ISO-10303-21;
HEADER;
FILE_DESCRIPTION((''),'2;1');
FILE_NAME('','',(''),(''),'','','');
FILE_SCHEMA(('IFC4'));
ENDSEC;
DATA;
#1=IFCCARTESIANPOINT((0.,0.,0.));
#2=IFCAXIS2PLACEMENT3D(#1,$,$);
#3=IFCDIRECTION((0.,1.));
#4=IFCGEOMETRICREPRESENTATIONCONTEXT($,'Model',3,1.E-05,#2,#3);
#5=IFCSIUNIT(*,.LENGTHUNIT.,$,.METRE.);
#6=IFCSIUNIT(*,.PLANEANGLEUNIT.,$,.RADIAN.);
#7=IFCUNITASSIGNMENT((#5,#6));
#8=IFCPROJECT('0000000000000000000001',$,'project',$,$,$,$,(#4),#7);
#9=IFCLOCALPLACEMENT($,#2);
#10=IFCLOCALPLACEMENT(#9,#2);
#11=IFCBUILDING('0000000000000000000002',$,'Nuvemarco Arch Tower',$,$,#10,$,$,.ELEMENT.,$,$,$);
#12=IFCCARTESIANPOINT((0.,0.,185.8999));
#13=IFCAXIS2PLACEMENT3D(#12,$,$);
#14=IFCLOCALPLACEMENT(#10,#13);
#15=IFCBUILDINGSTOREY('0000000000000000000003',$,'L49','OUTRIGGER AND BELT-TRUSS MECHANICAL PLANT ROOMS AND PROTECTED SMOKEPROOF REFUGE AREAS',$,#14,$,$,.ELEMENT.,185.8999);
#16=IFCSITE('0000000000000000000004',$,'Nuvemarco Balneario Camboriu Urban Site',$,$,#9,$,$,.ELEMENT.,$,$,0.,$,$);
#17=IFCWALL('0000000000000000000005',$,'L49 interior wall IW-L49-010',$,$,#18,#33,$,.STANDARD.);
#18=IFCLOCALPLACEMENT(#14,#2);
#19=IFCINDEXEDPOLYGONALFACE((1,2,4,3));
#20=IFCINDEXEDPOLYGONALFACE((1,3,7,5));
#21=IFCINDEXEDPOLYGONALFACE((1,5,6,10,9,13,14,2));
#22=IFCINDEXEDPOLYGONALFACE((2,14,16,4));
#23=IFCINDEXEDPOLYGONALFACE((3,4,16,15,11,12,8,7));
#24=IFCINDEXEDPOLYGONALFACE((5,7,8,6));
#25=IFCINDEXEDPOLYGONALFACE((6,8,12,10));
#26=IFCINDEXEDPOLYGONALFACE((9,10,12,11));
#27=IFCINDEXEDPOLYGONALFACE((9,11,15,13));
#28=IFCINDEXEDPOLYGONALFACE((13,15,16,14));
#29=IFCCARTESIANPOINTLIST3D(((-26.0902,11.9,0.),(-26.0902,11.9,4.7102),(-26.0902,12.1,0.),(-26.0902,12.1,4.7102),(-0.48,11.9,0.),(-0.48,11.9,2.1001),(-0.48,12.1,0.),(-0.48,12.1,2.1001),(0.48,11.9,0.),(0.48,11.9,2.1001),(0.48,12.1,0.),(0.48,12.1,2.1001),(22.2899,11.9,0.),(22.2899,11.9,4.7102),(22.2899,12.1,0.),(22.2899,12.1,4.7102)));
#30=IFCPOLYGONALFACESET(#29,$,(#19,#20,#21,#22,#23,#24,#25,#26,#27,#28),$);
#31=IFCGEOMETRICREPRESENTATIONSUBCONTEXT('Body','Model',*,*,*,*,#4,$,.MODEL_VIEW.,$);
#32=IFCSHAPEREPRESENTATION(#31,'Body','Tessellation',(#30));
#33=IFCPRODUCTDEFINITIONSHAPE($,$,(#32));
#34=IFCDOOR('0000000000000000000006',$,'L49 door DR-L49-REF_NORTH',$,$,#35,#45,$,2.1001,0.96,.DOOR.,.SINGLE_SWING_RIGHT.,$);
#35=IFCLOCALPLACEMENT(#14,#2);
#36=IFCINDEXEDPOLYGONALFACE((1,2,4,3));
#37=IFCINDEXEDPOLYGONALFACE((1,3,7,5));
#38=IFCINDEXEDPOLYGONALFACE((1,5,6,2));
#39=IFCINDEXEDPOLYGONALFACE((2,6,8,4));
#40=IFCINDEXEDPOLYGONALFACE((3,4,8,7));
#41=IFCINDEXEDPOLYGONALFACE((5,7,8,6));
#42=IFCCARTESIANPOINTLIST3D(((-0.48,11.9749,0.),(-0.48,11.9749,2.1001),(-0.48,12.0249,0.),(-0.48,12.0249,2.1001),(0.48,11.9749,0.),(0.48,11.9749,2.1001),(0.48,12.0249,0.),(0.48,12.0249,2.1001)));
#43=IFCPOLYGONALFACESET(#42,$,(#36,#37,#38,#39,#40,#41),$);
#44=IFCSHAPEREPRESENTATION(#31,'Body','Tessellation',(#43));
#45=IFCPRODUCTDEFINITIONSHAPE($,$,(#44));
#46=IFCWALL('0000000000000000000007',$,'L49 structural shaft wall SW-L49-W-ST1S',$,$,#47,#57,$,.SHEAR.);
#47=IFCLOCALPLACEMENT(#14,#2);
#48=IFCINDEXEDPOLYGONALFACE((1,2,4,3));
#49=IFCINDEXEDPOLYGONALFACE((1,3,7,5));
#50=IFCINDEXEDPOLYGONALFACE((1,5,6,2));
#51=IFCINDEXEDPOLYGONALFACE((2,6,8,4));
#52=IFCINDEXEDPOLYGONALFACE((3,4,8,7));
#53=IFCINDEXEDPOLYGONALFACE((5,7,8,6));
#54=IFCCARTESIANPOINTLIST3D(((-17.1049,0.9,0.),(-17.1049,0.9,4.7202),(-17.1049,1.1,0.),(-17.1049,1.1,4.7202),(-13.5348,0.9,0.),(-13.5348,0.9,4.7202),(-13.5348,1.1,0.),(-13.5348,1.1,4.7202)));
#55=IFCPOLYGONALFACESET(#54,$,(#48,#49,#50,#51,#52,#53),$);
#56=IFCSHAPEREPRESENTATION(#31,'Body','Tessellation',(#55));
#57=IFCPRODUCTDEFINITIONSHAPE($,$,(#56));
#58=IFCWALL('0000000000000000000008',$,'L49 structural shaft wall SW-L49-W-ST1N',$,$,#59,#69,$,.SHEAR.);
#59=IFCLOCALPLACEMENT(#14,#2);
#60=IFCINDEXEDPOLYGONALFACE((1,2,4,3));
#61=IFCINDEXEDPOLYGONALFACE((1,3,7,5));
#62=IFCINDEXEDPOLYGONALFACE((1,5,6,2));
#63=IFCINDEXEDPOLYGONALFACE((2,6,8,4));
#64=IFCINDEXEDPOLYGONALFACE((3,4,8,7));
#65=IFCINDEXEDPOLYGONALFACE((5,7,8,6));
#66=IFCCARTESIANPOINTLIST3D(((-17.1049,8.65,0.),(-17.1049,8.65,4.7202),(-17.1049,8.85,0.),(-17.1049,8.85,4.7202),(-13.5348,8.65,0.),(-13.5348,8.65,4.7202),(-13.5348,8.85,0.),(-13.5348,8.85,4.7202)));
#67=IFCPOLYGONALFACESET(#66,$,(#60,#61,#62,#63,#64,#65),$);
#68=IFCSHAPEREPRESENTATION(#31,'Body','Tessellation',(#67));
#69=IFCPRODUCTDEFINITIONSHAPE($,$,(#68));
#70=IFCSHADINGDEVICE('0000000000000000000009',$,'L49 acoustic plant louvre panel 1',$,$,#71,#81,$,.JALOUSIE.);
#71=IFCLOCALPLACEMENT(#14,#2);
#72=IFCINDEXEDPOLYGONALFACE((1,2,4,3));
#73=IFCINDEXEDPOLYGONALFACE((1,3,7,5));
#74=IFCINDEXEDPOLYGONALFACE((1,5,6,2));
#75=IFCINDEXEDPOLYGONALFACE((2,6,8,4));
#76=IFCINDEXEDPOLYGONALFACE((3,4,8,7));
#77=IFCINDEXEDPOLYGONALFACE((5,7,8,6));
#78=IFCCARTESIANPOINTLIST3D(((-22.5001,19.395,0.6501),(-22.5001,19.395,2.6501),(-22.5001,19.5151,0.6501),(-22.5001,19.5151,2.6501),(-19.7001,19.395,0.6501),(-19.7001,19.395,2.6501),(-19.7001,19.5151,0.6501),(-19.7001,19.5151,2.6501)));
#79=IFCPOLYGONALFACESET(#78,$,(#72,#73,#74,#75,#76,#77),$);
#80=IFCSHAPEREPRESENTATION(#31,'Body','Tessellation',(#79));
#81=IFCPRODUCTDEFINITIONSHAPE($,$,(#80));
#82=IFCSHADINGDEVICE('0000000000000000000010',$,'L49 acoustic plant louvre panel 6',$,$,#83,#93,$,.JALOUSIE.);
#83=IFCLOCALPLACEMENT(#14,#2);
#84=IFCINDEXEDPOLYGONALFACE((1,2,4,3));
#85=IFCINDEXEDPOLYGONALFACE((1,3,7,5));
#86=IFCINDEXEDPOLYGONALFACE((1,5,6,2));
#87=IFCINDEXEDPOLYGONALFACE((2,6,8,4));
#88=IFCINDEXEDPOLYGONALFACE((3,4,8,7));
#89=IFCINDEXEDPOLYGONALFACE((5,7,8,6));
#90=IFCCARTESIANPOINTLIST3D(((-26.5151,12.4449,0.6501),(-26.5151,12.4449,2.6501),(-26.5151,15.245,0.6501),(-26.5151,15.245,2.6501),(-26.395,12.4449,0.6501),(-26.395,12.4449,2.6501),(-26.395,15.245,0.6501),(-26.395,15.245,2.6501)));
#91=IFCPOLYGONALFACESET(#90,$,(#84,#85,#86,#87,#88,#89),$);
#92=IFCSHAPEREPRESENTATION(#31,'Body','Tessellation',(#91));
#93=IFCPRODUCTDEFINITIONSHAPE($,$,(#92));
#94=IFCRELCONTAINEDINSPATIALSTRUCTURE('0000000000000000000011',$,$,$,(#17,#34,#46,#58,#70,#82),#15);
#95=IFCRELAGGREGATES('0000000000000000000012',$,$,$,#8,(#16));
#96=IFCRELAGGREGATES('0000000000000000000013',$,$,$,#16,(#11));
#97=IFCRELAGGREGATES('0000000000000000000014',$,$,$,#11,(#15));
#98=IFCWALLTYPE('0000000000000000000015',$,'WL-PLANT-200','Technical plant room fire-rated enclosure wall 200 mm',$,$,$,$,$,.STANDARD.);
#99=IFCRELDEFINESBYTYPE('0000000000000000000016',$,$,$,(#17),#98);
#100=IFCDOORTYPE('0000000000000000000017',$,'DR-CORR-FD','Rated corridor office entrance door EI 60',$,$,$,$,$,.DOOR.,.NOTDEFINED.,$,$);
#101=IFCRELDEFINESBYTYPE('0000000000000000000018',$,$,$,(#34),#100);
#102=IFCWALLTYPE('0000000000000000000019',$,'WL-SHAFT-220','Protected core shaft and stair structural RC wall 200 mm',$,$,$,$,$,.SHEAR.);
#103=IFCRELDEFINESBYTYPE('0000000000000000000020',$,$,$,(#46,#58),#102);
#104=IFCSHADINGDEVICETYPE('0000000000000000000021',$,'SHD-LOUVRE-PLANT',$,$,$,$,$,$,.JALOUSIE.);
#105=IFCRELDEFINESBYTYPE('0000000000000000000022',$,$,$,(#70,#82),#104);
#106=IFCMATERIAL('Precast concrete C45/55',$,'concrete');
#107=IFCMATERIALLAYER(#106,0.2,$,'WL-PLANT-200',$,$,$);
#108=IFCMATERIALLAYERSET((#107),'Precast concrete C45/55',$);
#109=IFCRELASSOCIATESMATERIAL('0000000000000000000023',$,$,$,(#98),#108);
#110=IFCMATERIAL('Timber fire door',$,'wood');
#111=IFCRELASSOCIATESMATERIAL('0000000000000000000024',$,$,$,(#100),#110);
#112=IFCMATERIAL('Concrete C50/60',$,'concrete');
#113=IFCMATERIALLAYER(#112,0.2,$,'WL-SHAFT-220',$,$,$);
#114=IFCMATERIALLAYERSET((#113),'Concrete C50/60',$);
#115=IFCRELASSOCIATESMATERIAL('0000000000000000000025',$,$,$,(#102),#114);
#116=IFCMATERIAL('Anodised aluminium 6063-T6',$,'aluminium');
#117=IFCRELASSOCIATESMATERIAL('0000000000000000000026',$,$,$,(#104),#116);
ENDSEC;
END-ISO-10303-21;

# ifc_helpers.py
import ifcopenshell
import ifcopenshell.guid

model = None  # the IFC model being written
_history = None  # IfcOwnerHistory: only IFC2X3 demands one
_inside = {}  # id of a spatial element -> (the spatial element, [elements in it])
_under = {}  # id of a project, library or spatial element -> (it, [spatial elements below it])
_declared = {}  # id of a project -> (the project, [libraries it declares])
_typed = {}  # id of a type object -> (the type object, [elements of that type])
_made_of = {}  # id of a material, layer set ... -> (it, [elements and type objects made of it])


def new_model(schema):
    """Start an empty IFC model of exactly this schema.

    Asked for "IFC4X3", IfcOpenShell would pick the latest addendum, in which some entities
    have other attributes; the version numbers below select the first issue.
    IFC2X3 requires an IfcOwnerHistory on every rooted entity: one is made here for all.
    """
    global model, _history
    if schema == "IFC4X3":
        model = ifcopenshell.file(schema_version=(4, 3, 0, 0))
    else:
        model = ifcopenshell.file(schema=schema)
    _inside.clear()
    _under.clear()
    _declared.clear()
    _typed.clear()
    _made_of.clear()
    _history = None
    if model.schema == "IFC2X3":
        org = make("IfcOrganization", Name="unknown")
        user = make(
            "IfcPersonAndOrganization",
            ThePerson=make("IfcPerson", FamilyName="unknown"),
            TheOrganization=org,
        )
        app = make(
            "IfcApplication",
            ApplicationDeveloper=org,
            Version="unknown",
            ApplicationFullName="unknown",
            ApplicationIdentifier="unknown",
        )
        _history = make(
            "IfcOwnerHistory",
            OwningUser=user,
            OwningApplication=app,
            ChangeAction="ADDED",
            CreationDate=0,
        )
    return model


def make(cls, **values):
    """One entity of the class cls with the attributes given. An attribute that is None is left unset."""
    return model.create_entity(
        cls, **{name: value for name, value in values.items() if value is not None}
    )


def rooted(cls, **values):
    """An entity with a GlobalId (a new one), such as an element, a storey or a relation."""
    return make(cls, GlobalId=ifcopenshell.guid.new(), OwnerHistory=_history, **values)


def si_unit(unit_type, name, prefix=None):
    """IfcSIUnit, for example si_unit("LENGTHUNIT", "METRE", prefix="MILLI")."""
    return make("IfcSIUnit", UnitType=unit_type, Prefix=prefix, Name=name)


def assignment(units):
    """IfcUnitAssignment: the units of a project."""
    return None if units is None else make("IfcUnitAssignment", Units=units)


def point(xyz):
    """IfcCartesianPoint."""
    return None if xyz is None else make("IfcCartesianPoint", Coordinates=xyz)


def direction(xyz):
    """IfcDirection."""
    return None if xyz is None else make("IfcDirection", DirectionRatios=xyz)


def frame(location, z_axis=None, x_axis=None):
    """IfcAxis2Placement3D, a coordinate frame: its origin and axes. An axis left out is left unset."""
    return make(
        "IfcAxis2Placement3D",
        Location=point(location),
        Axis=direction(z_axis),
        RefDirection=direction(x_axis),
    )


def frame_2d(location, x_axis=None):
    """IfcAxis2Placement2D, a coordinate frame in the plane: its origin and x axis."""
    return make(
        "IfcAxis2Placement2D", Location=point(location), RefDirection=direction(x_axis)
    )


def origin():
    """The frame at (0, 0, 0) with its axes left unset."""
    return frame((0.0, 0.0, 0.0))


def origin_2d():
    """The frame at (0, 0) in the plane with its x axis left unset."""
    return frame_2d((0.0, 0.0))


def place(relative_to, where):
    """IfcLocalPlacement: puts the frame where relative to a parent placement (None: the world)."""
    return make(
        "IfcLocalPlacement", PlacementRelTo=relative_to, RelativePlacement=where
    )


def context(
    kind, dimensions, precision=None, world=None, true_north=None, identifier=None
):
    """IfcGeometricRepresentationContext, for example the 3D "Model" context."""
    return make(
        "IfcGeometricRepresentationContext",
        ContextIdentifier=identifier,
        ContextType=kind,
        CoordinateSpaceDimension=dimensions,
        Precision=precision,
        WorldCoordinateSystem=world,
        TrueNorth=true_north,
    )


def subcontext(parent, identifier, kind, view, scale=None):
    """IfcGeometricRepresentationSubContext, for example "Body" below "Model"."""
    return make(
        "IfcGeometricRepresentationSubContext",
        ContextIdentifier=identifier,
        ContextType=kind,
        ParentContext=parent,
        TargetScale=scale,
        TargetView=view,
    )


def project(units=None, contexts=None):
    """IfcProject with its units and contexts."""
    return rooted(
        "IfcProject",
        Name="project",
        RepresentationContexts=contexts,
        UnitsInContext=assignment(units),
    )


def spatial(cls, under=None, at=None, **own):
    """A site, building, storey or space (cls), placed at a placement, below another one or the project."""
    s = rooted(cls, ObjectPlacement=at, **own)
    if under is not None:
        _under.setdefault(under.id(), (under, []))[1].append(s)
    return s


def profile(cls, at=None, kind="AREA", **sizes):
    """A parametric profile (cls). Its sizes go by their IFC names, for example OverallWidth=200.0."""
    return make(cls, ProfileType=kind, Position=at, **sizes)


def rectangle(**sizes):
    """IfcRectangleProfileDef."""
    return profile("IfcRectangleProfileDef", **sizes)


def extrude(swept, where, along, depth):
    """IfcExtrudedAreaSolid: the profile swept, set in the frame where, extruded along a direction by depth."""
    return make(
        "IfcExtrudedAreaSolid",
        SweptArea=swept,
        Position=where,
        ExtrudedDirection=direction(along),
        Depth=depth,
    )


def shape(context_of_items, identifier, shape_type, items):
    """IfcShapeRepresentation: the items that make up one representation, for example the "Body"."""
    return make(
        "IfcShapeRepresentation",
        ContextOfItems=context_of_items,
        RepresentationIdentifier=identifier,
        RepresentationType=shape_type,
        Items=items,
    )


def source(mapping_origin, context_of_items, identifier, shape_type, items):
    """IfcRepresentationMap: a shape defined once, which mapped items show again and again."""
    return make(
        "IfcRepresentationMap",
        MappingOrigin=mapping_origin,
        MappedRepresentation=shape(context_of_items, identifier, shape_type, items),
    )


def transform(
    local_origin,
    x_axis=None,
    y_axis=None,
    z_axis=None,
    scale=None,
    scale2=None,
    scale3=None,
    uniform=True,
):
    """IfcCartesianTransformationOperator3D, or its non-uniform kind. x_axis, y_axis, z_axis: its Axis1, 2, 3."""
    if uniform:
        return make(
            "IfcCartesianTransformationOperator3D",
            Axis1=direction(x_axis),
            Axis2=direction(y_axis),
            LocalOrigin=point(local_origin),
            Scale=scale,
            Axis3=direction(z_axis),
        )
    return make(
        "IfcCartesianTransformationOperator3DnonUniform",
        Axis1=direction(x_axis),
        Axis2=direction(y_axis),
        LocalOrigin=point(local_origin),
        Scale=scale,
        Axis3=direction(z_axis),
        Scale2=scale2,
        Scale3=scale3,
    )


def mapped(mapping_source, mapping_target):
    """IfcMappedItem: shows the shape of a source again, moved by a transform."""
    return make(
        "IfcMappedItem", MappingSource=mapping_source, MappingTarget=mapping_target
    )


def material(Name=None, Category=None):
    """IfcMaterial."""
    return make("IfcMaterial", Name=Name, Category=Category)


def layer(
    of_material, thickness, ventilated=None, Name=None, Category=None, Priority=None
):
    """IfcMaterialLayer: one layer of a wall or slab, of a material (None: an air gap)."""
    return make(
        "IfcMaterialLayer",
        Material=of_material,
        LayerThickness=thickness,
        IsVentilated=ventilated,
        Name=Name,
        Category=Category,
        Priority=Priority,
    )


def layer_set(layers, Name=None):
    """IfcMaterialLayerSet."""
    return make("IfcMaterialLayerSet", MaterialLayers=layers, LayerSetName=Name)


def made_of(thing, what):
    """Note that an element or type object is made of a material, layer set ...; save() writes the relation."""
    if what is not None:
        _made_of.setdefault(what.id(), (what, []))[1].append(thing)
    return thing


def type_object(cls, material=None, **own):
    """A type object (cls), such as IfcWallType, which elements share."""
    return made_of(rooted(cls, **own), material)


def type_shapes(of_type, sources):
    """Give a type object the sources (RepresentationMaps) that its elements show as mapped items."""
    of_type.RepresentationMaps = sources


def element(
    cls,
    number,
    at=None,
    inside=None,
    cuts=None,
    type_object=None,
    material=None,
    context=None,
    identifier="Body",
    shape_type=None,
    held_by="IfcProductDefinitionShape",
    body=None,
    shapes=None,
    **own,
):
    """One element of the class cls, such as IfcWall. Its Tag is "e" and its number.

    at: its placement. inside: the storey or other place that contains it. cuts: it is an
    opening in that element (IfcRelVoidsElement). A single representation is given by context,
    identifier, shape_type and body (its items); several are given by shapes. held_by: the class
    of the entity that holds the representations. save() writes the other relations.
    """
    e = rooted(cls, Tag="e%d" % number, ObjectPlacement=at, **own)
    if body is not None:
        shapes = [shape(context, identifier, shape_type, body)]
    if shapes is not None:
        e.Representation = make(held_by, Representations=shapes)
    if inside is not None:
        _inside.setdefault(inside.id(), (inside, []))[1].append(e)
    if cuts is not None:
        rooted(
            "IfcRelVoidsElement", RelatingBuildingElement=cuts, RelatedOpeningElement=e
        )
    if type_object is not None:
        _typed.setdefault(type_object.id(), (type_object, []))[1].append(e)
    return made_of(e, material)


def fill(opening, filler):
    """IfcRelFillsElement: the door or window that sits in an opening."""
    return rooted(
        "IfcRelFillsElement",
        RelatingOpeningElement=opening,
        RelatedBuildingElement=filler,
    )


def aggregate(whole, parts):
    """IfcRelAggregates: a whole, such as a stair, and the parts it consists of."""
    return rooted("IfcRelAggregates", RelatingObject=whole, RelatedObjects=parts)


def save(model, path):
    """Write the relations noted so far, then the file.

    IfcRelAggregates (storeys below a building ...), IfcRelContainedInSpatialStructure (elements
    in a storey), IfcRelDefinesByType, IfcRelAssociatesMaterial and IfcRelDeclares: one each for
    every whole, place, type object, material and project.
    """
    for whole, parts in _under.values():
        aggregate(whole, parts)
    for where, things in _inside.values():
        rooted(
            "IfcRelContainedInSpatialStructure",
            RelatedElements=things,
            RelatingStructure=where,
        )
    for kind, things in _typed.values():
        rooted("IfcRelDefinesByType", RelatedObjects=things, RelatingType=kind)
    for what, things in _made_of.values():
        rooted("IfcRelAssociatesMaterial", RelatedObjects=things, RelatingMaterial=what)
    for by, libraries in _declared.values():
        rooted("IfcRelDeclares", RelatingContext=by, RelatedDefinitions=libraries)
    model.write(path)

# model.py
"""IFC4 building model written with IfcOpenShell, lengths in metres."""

from ifc_helpers import new_model, si_unit, direction, frame, frame_2d, origin, origin_2d, place, context, subcontext, project, spatial, rectangle, extrude, source, transform, mapped, material, layer, layer_set, type_object, type_shapes, element, fill, save


model = new_model("IFC4")

# Units and contexts
model_context = context("Model", 3, precision=1e-05, world=origin(), true_north=direction((0.0, 1.0)))
body_context = subcontext(model_context, "Body", "Model", "MODEL_VIEW")
ifc_project = project(units=[si_unit("LENGTHUNIT", "METRE"), si_unit("PLANEANGLEUNIT", "RADIAN")], contexts=[model_context])

# Site, building, storey
site_placement = place(None, origin())
site = spatial("IfcSite", under=ifc_project, at=site_placement, Name="Nuvemarco Balneario Camboriu Urban Site", CompositionType="ELEMENT", RefElevation=0.0)
building_placement = place(site_placement, origin())
building = spatial("IfcBuilding", under=site, at=building_placement, Name="Nuvemarco Arch Tower", CompositionType="ELEMENT")
storey_placement = place(building_placement, frame((0.0, 0.0, 185.8999)))
storey = spatial("IfcBuildingStorey", under=building, at=storey_placement, Name="L49", Description="OUTRIGGER AND BELT-TRUSS MECHANICAL PLANT ROOMS AND PROTECTED SMOKEPROOF REFUGE AREAS", CompositionType="ELEMENT", Elevation=185.8999)

# Shared definitions
ifc_material_1 = material(Name="Concrete C50/60", Category="concrete")

# Shared definitions
ifc_material_2 = material(Name="Precast concrete C45/55", Category="concrete")

# Wall, opening, door
ifc_layer_1 = layer(ifc_material_2, 0.2, Name="WL-PLANT-200")
ifc_layer_set_1 = layer_set([ifc_layer_1], Name="Precast concrete C45/55")
wall_type_1 = type_object("IfcWallType", Name="WL-PLANT-200", Description="Technical plant room fire-rated enclosure wall 200 mm", PredefinedType="STANDARD", material=ifc_layer_set_1)
wall_1_placement = place(storey_placement, frame((-26.0901, 12.0, 0.0), z_axis=(0.0, 0.0, 1.0), x_axis=(1.0, 0.0, 0.0)))
wall_1 = element("IfcWall", 1, at=wall_1_placement, inside=storey, type_object=wall_type_1, Name="L49 interior wall IW-L49-010", PredefinedType="STANDARD", context=body_context, shape_type="SweptSolid", body=[
    extrude(rectangle(XDim=48.3801, YDim=0.2, at=frame_2d((24.1899, 0.0))), origin(), (0.0, 0.0, 1.0), 4.7102),
])
opening_placement = place(wall_1_placement, frame((25.6101, 0.0, 0.0)))
opening = element("IfcOpeningElement", 2, at=opening_placement, cuts=wall_1, PredefinedType="OPENING", context=body_context, shape_type="SweptSolid", body=[
    extrude(rectangle(XDim=0.96, YDim=2.1001, at=frame_2d((0.48, 1.05))), frame((0.0, 0.1099, 0.0), z_axis=(0.0, -1.0, 0.0), x_axis=(1.0, 0.0, 0.0)), (0.0, 0.0, 1.0), 0.22),
])
ifc_material_3 = material(Name="Timber fire door", Category="wood")
door_type = type_object("IfcDoorType", Name="DR-CORR-FD", Description="Rated corridor office entrance door EI 60", OperationType="NOTDEFINED", PredefinedType="DOOR", material=ifc_material_3)
shared_shape_1 = source(origin(), body_context, "Body", "SweptSolid", [
    extrude(rectangle(XDim=0.96, YDim=2.1001, at=frame_2d((0.48, 1.05))), frame((0.0, 0.0249, 0.0), z_axis=(0.0, -1.0, 0.0), x_axis=(1.0, 0.0, 0.0)), (0.0, 0.0, 1.0), 0.05),
])
type_shapes(door_type, [shared_shape_1])
door_placement = place(opening_placement, origin())
door = element("IfcDoor", 3, at=door_placement, inside=storey, type_object=door_type, Name="L49 door DR-L49-REF_NORTH", OperationType="SINGLE_SWING_RIGHT", OverallHeight=2.1001, OverallWidth=0.96, PredefinedType="DOOR", context=body_context, shape_type="MappedRepresentation", body=[
    mapped(shared_shape_1, transform((0.0, 0.0, 0.0), scale=1.0)),
])
fill(opening, door)

# Walls
ifc_layer_2 = layer(ifc_material_1, 0.2, Name="WL-SHAFT-220")
ifc_layer_set_2 = layer_set([ifc_layer_2], Name="Concrete C50/60")
wall_type_2 = type_object("IfcWallType", Name="WL-SHAFT-220", Description="Protected core shaft and stair structural RC wall 200 mm", PredefinedType="SHEAR", material=ifc_layer_set_2)
for number, where, z_axis, x_axis, name in (
    (4, (-17.105, 1.0, 0.0), (0.0, 0.0, 1.0), (1.0, 0.0, 0.0), "L49 structural shaft wall SW-L49-W-ST1S"),
    (5, (-17.105, 8.75, 0.0), (0.0, 0.0, 1.0), (1.0, 0.0, 0.0), "L49 structural shaft wall SW-L49-W-ST1N"),
):
    element("IfcWall", number, at=place(storey_placement, frame(where, z_axis=z_axis, x_axis=x_axis)), inside=storey, type_object=wall_type_2, Name=name, PredefinedType="SHEAR", context=body_context, shape_type="SweptSolid", body=[
        extrude(rectangle(XDim=3.5701, YDim=0.2, at=frame_2d((1.7852, 0.0))), origin(), (0.0, 0.0, 1.0), 4.7202),
    ])

# Shading devices
ifc_material_4 = material(Name="Anodised aluminium 6063-T6", Category="aluminium")
shading_device_type = type_object("IfcShadingDeviceType", Name="SHD-LOUVRE-PLANT", PredefinedType="JALOUSIE", material=ifc_material_4)
shared_shape_2 = source(origin(), body_context, "Body", "SweptSolid", [
    extrude(rectangle(XDim=2.8, YDim=0.1201, at=origin_2d()), origin(), (0.0, 0.0, 1.0), 2.0),
])
type_shapes(shading_device_type, [shared_shape_2])
for number, where, z_axis, x_axis, name in (
    (6, (-21.1001, 19.4551, 0.6501), (0.0, 0.0, 1.0), (1.0, 0.0, 0.0), "L49 acoustic plant louvre panel 1"),
    (7, (-26.4551, 13.845, 0.6501), (0.0, 0.0, 1.0), (0.0, 1.0, 0.0), "L49 acoustic plant louvre panel 6"),
):
    element("IfcShadingDevice", number, at=place(storey_placement, frame(where, z_axis=z_axis, x_axis=x_axis)), inside=storey, type_object=shading_device_type, Name=name, PredefinedType="JALOUSIE", context=body_context, shape_type="MappedRepresentation", body=[
        mapped(shared_shape_2, transform((0.0, 0.0, 0.0), scale=1.0)),
    ])

save(model, "model.ifc")
